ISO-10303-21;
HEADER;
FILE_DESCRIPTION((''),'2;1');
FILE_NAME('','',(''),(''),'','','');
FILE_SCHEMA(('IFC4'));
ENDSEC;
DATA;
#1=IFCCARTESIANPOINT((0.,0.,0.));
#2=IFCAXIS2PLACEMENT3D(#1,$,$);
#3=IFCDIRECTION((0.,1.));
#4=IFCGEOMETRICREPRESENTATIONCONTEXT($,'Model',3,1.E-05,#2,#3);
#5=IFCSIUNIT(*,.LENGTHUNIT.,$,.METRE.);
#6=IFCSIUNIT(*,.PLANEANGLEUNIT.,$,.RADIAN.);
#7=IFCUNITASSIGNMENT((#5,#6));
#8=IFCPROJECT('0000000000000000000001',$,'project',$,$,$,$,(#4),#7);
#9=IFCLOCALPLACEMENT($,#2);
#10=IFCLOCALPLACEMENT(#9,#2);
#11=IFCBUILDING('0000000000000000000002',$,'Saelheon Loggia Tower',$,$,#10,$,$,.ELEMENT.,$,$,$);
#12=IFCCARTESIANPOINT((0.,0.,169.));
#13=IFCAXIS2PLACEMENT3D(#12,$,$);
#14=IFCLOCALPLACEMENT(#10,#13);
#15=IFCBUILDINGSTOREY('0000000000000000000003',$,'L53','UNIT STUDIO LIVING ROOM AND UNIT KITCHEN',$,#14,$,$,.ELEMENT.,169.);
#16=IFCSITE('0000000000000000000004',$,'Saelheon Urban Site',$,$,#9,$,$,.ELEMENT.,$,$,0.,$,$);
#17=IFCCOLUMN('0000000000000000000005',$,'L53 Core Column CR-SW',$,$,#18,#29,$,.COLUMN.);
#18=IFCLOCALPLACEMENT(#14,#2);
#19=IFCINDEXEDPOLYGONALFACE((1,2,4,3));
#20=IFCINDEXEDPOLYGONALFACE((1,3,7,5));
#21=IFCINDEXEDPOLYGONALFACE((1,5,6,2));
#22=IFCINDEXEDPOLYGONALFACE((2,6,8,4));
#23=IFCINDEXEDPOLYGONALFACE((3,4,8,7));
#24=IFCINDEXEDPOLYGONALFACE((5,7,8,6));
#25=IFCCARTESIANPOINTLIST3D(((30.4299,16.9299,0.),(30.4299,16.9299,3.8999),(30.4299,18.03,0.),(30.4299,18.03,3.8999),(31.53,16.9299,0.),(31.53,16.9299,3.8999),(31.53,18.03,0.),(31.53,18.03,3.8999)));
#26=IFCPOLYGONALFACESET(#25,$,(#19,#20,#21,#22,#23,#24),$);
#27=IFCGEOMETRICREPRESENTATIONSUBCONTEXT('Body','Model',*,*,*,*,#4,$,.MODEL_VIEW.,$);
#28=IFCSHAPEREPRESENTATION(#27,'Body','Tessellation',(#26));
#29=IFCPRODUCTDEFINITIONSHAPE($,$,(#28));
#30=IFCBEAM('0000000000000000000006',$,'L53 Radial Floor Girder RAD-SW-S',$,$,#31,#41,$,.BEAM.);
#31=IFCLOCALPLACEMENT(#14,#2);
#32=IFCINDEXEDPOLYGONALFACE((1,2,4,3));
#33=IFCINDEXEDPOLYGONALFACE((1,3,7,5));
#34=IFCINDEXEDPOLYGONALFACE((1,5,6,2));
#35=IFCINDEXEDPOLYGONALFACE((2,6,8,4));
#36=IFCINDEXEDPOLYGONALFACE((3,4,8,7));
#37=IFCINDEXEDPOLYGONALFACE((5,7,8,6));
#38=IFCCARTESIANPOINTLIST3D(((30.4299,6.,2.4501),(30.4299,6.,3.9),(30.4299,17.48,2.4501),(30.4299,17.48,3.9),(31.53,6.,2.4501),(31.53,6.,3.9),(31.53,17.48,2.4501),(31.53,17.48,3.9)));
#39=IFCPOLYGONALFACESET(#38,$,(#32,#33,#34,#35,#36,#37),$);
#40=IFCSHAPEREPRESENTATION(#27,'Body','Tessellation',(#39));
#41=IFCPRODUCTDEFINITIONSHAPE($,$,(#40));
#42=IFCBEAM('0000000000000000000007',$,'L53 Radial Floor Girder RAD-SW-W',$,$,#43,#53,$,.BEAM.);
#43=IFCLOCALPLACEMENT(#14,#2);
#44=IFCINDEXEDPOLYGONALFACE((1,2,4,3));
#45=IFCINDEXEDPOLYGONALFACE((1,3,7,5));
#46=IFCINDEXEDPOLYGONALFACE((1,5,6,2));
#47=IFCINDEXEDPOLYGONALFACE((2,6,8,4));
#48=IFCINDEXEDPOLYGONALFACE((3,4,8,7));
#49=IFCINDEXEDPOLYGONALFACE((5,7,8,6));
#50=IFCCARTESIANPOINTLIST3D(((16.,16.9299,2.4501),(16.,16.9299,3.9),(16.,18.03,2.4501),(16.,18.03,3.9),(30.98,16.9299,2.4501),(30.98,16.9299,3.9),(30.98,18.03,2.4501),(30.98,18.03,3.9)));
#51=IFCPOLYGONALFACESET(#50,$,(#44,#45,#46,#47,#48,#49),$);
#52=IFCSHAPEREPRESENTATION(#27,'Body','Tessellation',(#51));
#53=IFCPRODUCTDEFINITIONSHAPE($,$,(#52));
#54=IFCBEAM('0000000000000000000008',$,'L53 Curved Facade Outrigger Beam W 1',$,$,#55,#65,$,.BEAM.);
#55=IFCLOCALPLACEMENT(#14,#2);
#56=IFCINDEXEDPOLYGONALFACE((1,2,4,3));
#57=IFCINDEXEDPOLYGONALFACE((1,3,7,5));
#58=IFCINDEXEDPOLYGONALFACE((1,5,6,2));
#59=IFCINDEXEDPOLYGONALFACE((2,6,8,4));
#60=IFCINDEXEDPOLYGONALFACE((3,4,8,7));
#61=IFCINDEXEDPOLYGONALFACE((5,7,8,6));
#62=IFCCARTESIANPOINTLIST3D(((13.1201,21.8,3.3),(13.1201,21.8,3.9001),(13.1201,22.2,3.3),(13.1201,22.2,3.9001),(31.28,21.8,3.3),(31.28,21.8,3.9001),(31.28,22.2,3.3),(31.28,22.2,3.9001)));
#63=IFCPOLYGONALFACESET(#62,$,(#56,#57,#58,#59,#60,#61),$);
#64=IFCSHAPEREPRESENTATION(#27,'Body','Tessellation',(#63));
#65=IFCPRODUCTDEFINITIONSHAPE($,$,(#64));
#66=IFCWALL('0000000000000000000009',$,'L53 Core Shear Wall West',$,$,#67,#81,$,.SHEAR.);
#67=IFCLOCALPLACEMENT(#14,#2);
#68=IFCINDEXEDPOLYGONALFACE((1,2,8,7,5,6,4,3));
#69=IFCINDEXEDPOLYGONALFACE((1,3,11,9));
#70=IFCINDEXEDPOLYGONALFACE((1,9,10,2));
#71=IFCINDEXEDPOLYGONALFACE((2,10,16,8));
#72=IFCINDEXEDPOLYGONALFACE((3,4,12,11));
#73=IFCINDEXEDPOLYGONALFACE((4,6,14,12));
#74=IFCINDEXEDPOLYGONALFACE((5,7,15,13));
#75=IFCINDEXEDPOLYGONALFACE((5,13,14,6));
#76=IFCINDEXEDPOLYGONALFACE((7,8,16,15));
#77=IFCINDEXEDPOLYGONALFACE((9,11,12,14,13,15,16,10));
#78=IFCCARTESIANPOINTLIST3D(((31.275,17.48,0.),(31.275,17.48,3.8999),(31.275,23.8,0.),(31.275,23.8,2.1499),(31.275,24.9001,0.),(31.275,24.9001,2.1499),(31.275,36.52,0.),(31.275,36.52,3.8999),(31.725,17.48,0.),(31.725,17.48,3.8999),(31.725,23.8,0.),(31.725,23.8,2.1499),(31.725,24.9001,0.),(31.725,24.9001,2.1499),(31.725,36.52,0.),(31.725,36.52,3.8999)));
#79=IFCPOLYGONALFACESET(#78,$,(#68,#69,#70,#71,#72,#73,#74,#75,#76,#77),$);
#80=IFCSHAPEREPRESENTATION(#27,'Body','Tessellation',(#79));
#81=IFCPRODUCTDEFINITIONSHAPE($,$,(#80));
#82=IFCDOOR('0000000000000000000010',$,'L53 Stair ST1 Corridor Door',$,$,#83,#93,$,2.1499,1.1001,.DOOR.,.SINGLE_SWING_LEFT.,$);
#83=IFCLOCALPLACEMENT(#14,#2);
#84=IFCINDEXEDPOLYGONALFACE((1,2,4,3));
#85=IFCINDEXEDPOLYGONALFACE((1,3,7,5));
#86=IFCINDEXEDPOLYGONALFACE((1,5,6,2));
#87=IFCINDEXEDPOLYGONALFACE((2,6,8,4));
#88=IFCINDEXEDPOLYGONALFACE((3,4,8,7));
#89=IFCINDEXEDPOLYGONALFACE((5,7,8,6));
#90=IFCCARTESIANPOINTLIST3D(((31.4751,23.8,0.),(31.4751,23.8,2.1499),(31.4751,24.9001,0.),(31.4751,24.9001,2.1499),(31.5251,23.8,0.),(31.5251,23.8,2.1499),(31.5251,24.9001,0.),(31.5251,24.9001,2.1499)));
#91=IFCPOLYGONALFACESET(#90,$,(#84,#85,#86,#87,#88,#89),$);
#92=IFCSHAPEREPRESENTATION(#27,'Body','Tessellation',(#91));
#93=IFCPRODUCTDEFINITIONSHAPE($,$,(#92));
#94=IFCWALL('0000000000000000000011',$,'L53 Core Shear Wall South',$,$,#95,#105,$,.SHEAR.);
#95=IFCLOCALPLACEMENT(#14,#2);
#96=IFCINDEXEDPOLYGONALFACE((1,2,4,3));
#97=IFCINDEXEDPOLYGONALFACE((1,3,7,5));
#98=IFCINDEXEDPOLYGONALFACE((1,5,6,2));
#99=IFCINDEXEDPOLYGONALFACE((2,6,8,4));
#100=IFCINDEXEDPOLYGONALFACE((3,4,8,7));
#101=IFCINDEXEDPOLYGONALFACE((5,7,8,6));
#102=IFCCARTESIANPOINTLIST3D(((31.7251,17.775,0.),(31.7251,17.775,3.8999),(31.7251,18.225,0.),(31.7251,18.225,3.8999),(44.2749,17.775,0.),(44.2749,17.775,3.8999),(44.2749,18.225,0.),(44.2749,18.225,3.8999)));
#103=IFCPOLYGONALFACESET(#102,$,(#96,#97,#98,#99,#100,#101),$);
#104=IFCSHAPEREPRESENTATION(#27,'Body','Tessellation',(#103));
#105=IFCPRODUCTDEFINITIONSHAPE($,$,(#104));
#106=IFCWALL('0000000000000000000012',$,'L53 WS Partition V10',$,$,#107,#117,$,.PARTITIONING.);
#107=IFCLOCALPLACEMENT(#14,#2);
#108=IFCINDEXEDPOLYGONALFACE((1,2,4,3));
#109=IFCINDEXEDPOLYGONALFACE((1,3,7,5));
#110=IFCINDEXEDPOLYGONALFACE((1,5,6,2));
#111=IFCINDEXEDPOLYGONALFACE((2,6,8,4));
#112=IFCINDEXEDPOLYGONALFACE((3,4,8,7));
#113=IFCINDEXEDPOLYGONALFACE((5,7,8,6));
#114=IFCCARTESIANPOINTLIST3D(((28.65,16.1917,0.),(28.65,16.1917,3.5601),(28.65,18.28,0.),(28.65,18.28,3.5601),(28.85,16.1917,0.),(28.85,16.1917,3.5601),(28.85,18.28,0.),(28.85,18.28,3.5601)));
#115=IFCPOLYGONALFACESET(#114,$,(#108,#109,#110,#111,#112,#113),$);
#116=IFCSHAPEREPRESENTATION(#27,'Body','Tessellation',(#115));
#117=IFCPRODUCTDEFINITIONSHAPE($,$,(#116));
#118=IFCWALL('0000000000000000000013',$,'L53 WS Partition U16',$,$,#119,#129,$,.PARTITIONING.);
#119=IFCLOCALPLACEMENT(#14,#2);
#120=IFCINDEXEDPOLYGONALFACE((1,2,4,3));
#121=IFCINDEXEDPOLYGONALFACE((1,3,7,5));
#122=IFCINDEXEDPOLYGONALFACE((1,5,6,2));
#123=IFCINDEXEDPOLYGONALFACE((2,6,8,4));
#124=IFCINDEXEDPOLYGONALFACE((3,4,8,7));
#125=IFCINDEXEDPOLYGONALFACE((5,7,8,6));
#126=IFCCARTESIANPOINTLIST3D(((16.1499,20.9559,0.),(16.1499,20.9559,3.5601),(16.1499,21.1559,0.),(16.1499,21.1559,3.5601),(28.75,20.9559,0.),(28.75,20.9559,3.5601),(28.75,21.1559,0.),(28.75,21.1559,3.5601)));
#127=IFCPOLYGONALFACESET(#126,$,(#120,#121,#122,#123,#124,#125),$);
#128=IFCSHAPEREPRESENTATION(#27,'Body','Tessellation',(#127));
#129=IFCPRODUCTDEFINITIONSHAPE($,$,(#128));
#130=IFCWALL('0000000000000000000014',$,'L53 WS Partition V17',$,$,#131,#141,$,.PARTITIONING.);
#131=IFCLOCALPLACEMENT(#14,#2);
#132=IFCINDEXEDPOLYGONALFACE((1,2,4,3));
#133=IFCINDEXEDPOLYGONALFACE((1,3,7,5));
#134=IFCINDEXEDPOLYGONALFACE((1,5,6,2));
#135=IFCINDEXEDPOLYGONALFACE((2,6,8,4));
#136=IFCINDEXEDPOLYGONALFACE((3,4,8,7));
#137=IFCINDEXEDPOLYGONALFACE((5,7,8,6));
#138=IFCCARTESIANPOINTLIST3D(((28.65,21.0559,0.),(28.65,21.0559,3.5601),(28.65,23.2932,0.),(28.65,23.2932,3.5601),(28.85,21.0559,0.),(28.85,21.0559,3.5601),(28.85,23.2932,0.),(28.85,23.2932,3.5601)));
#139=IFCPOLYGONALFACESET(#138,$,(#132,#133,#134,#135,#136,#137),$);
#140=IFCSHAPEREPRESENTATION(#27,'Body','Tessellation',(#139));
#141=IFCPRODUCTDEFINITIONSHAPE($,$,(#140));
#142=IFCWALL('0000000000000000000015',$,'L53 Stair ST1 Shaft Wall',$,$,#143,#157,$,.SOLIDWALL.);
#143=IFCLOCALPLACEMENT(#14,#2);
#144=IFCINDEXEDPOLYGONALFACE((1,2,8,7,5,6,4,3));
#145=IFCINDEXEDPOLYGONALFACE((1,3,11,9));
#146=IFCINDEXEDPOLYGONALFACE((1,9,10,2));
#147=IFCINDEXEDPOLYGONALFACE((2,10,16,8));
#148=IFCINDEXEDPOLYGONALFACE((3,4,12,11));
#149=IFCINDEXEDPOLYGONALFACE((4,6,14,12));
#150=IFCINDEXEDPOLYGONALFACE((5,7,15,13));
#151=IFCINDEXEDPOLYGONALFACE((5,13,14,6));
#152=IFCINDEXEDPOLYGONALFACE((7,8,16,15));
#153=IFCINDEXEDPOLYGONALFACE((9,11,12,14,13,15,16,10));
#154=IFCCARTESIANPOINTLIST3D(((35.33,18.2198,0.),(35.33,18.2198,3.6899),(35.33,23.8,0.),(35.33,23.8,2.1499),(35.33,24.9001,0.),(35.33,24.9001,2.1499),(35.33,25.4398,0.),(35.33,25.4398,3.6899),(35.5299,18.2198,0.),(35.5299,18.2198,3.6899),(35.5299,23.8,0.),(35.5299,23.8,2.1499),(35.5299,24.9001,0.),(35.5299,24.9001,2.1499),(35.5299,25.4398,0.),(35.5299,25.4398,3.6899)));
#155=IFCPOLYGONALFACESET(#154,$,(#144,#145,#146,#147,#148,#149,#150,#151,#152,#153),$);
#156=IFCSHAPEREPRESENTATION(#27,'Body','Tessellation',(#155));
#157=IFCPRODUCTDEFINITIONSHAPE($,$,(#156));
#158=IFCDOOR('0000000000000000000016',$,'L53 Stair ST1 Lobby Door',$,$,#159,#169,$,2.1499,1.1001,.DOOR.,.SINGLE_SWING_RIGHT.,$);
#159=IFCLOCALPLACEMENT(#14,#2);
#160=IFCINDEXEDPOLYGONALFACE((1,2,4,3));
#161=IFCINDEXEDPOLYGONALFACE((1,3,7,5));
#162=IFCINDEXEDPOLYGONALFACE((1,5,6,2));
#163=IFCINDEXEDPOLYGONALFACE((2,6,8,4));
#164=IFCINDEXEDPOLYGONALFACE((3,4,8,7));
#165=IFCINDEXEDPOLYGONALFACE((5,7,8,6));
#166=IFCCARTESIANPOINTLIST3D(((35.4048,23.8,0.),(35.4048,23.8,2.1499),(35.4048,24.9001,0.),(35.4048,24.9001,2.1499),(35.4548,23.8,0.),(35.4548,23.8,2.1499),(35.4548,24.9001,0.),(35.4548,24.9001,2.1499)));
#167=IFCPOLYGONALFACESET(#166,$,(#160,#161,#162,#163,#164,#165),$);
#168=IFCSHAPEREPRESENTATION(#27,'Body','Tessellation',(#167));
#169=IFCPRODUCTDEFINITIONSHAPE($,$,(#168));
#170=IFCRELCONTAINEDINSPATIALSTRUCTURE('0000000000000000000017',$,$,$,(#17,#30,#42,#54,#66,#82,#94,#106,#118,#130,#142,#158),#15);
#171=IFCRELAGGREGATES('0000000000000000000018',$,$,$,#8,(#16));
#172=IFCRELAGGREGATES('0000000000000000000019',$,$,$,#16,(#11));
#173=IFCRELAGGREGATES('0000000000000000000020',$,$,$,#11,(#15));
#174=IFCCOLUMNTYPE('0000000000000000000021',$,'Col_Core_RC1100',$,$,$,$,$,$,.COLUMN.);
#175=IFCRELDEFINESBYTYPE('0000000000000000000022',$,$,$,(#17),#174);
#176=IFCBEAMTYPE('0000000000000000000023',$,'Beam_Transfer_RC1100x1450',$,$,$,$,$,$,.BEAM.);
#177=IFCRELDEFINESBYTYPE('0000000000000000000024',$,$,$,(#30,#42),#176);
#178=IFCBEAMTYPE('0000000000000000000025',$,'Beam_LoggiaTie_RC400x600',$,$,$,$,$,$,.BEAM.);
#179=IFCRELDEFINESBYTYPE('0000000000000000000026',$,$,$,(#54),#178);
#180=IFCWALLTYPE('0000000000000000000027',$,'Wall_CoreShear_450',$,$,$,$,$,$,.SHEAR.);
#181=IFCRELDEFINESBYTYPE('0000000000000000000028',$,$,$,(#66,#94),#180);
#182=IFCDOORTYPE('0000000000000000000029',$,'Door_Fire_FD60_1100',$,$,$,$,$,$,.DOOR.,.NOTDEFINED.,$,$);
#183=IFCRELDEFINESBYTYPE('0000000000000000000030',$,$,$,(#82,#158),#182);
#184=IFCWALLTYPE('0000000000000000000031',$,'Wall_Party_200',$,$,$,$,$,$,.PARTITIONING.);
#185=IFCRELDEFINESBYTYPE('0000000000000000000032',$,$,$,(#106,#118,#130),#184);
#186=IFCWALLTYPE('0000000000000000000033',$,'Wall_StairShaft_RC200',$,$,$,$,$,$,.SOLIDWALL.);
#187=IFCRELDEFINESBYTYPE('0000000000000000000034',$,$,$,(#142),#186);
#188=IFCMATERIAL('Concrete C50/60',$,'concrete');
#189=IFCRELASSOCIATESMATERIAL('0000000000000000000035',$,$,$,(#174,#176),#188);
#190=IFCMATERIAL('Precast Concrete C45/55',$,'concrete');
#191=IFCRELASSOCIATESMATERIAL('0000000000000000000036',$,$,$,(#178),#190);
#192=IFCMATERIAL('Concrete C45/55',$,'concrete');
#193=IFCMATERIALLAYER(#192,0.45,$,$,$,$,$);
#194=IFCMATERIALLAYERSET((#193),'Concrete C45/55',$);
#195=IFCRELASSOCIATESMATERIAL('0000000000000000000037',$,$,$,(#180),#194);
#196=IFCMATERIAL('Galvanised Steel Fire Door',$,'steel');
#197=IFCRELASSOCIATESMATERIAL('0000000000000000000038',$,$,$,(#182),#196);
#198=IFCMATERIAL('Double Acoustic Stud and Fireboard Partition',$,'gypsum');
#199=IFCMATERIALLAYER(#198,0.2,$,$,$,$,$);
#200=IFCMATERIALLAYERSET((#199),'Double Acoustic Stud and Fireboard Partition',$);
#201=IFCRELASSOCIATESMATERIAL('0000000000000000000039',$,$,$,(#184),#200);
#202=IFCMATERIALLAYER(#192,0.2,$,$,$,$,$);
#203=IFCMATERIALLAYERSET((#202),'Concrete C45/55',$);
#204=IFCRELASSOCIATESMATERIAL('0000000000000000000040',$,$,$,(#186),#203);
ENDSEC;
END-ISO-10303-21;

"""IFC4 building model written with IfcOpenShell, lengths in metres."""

from ifc_helpers import new_model, si_unit, direction, frame, frame_2d, origin, origin_2d, place, context, subcontext, project, spatial, rectangle, extrude, source, transform, mapped, material, layer, layer_set, material_profile, profile_set, type_object, element, fill, save


model = new_model("IFC4")

# Units and contexts
model_context = context("Model", 3, precision=1e-05, world=origin(), true_north=direction((0.0, 1.0)))
body_context = subcontext(model_context, "Body", "Model", "MODEL_VIEW")
ifc_project = project(units=[si_unit("LENGTHUNIT", "METRE"), si_unit("PLANEANGLEUNIT", "RADIAN")], contexts=[model_context])

# Site, building, storey
site_placement = place(None, origin())
site = spatial("IfcSite", under=ifc_project, at=site_placement, Name="Saelheon Urban Site", CompositionType="ELEMENT", RefElevation=0.0)
building_placement = place(site_placement, origin())
building = spatial("IfcBuilding", under=site, at=building_placement, Name="Saelheon Loggia Tower", CompositionType="ELEMENT")
storey_placement = place(building_placement, frame((0.0, 0.0, 169.0)))
storey = spatial("IfcBuildingStorey", under=building, at=storey_placement, Name="L53", Description="UNIT STUDIO LIVING ROOM AND UNIT KITCHEN", CompositionType="ELEMENT", Elevation=169.0)

# Column
ifc_material_1 = material(Name="Concrete C50/60", Category="concrete")
ifc_material_profile_1 = material_profile(ifc_material_1, rectangle(XDim=1.1001, YDim=1.1001, at=origin_2d()), Name="RC-1100x1100")
ifc_profile_set_1 = profile_set([ifc_material_profile_1], Name="Concrete C50/60")
column_type = type_object("IfcColumnType", Name="Col_Core_RC1100", PredefinedType="COLUMN", material=ifc_profile_set_1)
shared_shape_1 = source(origin(), body_context, "Body", "SweptSolid", [
    extrude(rectangle(XDim=1.1001, YDim=1.1001, at=origin_2d()), origin(), (0.0, 0.0, 1.0), 3.8999),
])
column_placement = place(storey_placement, frame((30.98, 17.48, 0.0), z_axis=(0.0, 0.0, 1.0), x_axis=(1.0, 0.0, 0.0)))
element("IfcColumn", 1, at=column_placement, inside=storey, type_object=column_type, Name="L53 Core Column CR-SW", PredefinedType="COLUMN", context=body_context, shape_type="MappedRepresentation", body=[
    mapped(shared_shape_1, transform((0.0, 0.0, 0.0), scale=1.0)),
])

# Beams
ifc_material_profile_2 = material_profile(ifc_material_1, rectangle(XDim=1.1001, YDim=1.45, at=origin_2d()), Name="RC-1100x1450")
ifc_profile_set_2 = profile_set([ifc_material_profile_2], Name="Concrete C50/60")
beam_type_1 = type_object("IfcBeamType", Name="Beam_Transfer_RC1100x1450", PredefinedType="BEAM", material=ifc_profile_set_2)
shared_shape_2 = source(origin(), body_context, "Body", "SweptSolid", [
    extrude(rectangle(XDim=1.1001, YDim=1.45, at=origin_2d()), origin(), (0.0, 0.0, 1.0), 11.48),
])
beam_1_placement = place(storey_placement, frame((30.98, 17.48, 3.175), z_axis=(0.0, -1.0, 0.0), x_axis=(1.0, 0.0, 0.0)))
element("IfcBeam", 2, at=beam_1_placement, inside=storey, type_object=beam_type_1, Name="L53 Radial Floor Girder RAD-SW-S", PredefinedType="BEAM", context=body_context, shape_type="MappedRepresentation", body=[
    mapped(shared_shape_2, transform((0.0, 0.0, 0.0), scale=1.0)),
])
shared_shape_3 = source(origin(), body_context, "Body", "SweptSolid", [
    extrude(rectangle(XDim=1.1001, YDim=1.45, at=origin_2d()), origin(), (0.0, 0.0, 1.0), 14.98),
])
beam_2_placement = place(storey_placement, frame((30.98, 17.48, 3.175), z_axis=(-1.0, 0.0, 0.0), x_axis=(0.0, -1.0, 0.0)))
element("IfcBeam", 3, at=beam_2_placement, inside=storey, type_object=beam_type_1, Name="L53 Radial Floor Girder RAD-SW-W", PredefinedType="BEAM", context=body_context, shape_type="MappedRepresentation", body=[
    mapped(shared_shape_3, transform((0.0, 0.0, 0.0), scale=1.0)),
])
ifc_material_2 = material(Name="Precast Concrete C45/55", Category="concrete")
ifc_material_profile_3 = material_profile(ifc_material_2, rectangle(XDim=0.3999, YDim=0.6001, at=origin_2d()), Name="RC-400x600")
ifc_profile_set_3 = profile_set([ifc_material_profile_3], Name="Precast Concrete C45/55")
beam_type_2 = type_object("IfcBeamType", Name="Beam_LoggiaTie_RC400x600", PredefinedType="BEAM", material=ifc_profile_set_3)
shared_shape_4 = source(origin(), body_context, "Body", "SweptSolid", [
    extrude(rectangle(XDim=0.3999, YDim=0.6001, at=origin_2d()), origin(), (0.0, 0.0, 1.0), 18.1599),
])
beam_3_placement = place(storey_placement, frame((31.28, 22.0, 3.6001), z_axis=(-1.0, 0.0, 0.0), x_axis=(0.0, -1.0, 0.0)))
element("IfcBeam", 4, at=beam_3_placement, inside=storey, type_object=beam_type_2, Name="L53 Curved Facade Outrigger Beam W 1", PredefinedType="BEAM", context=body_context, shape_type="MappedRepresentation", body=[
    mapped(shared_shape_4, transform((0.0, 0.0, 0.0), scale=1.0)),
])

# Wall, opening, door
ifc_material_3 = material(Name="Concrete C45/55", Category="concrete")
ifc_layer_1 = layer(ifc_material_3, 0.45)
ifc_layer_set_1 = layer_set([ifc_layer_1], Name="Concrete C45/55")
wall_type_1 = type_object("IfcWallType", Name="Wall_CoreShear_450", PredefinedType="SHEAR", material=ifc_layer_set_1)
wall_1_placement = place(storey_placement, frame((31.5, 17.48, 0.0), z_axis=(0.0, 0.0, 1.0), x_axis=(0.0, 1.0, 0.0)))
wall_1 = element("IfcWall", 5, at=wall_1_placement, inside=storey, type_object=wall_type_1, Name="L53 Core Shear Wall West", PredefinedType="SHEAR", context=body_context, shape_type="SweptSolid", body=[
    extrude(rectangle(XDim=19.04, YDim=0.45, at=frame_2d((9.52, 0.0))), origin(), (0.0, 0.0, 1.0), 3.8999),
])
opening_1_placement = place(wall_1_placement, frame((6.3201, 0.0, 0.0)))
opening_1 = element("IfcOpeningElement", 6, at=opening_1_placement, cuts=wall_1, PredefinedType="OPENING", context=body_context, shape_type="SweptSolid", body=[
    extrude(rectangle(XDim=1.1001, YDim=2.1499, at=frame_2d((0.55, 1.075))), frame((0.0, 0.2371, 0.0), z_axis=(0.0, -1.0, 0.0), x_axis=(1.0, 0.0, 0.0)), (0.0, 0.0, 1.0), 0.4739),
])
ifc_material_4 = material(Name="Galvanised Steel Fire Door", Category="steel")
door_type_1 = type_object("IfcDoorType", Name="Door_Fire_FD60_1100", OperationType="NOTDEFINED", PredefinedType="DOOR", material=ifc_material_4)
shared_shape_5 = source(origin(), body_context, "Body", "SweptSolid", [
    extrude(rectangle(XDim=1.1001, YDim=2.1499, at=frame_2d((0.55, 1.075))), frame((0.0, 0.0249, 0.0), z_axis=(0.0, -1.0, 0.0), x_axis=(1.0, 0.0, 0.0)), (0.0, 0.0, 1.0), 0.05),
])
door_1_placement = place(opening_1_placement, origin())
door_1 = element("IfcDoor", 7, at=door_1_placement, inside=storey, type_object=door_type_1, Name="L53 Stair ST1 Corridor Door", OperationType="SINGLE_SWING_LEFT", OverallHeight=2.1499, OverallWidth=1.1001, PredefinedType="DOOR", context=body_context, shape_type="MappedRepresentation", body=[
    mapped(shared_shape_5, transform((0.0, 0.0, 0.0), scale=1.0)),
])
fill(opening_1, door_1)

# Walls
wall_2_placement = place(storey_placement, frame((31.7251, 18.0, 0.0), z_axis=(0.0, 0.0, 1.0), x_axis=(1.0, 0.0, 0.0)))
element("IfcWall", 8, at=wall_2_placement, inside=storey, type_object=wall_type_1, Name="L53 Core Shear Wall South", PredefinedType="SHEAR", context=body_context, shape_type="SweptSolid", body=[
    extrude(rectangle(XDim=12.5498, YDim=0.45, at=frame_2d((6.2749, 0.0))), origin(), (0.0, 0.0, 1.0), 3.8999),
])
ifc_material_5 = material(Name="Double Acoustic Stud and Fireboard Partition", Category="gypsum")
ifc_layer_2 = layer(ifc_material_5, 0.2)
ifc_layer_set_2 = layer_set([ifc_layer_2], Name="Double Acoustic Stud and Fireboard Partition")
wall_type_2 = type_object("IfcWallType", Name="Wall_Party_200", PredefinedType="PARTITIONING", material=ifc_layer_set_2)
wall_3_placement = place(storey_placement, frame((28.75, 16.1917, 0.0), z_axis=(0.0, 0.0, 1.0), x_axis=(0.0, 1.0, 0.0)))
element("IfcWall", 9, at=wall_3_placement, inside=storey, type_object=wall_type_2, Name="L53 WS Partition V10", PredefinedType="PARTITIONING", context=body_context, shape_type="SweptSolid", body=[
    extrude(rectangle(XDim=2.0884, YDim=0.2, at=frame_2d((1.0442, 0.0))), origin(), (0.0, 0.0, 1.0), 3.5601),
])

# Walls
wall_4_placement = place(storey_placement, frame((28.75, 21.0559, 0.0), z_axis=(0.0, 0.0, 1.0), x_axis=(-1.0, 0.0, 0.0)))
element("IfcWall", 10, at=wall_4_placement, inside=storey, type_object=wall_type_2, Name="L53 WS Partition U16", PredefinedType="PARTITIONING", context=body_context, shape_type="SweptSolid", body=[
    extrude(rectangle(XDim=12.6001, YDim=0.2, at=frame_2d((6.3, 0.0))), origin(), (0.0, 0.0, 1.0), 3.5601),
])
wall_5_placement = place(storey_placement, frame((28.75, 21.0559, 0.0), z_axis=(0.0, 0.0, 1.0), x_axis=(0.0, 1.0, 0.0)))
element("IfcWall", 11, at=wall_5_placement, inside=storey, type_object=wall_type_2, Name="L53 WS Partition V17", PredefinedType="PARTITIONING", context=body_context, shape_type="SweptSolid", body=[
    extrude(rectangle(XDim=2.2373, YDim=0.2, at=frame_2d((1.1187, 0.0))), origin(), (0.0, 0.0, 1.0), 3.5601),
])

# Wall, opening, door
ifc_layer_3 = layer(ifc_material_3, 0.2)
ifc_layer_set_3 = layer_set([ifc_layer_3], Name="Concrete C45/55")
wall_type_3 = type_object("IfcWallType", Name="Wall_StairShaft_RC200", PredefinedType="SOLIDWALL", material=ifc_layer_set_3)
wall_6_placement = place(storey_placement, frame((35.4299, 18.22, 0.0), z_axis=(0.0, 0.0, 1.0), x_axis=(0.0, 1.0, 0.0)))
wall_6 = element("IfcWall", 12, at=wall_6_placement, inside=storey, type_object=wall_type_3, Name="L53 Stair ST1 Shaft Wall", PredefinedType="SOLIDWALL", context=body_context, shape_type="SweptSolid", body=[
    extrude(rectangle(XDim=7.22, YDim=0.2, at=frame_2d((3.6099, 0.0))), origin(), (0.0, 0.0, 1.0), 3.6899),
])
opening_2_placement = place(wall_6_placement, frame((6.6802, 0.0, 0.0), z_axis=(0.0, 0.0, 1.0), x_axis=(-1.0, 0.0, 0.0)))
opening_2 = element("IfcOpeningElement", 13, at=opening_2_placement, cuts=wall_6, PredefinedType="OPENING", context=body_context, shape_type="SweptSolid", body=[
    extrude(rectangle(XDim=1.1001, YDim=2.1499, at=frame_2d((0.55, 1.075))), frame((0.0, 0.1121, 0.0), z_axis=(0.0, -1.0, 0.0), x_axis=(1.0, 0.0, 0.0)), (0.0, 0.0, 1.0), 0.2239),
])
door_2_placement = place(opening_2_placement, origin())
door_2 = element("IfcDoor", 14, at=door_2_placement, inside=storey, type_object=door_type_1, Name="L53 Stair ST1 Lobby Door", OperationType="SINGLE_SWING_RIGHT", OverallHeight=2.1499, OverallWidth=1.1001, PredefinedType="DOOR", context=body_context, shape_type="MappedRepresentation", body=[
    mapped(shared_shape_5, transform((0.0, 0.0, 0.0), scale=1.0)),
])
fill(opening_2, door_2)

save(model, "model.ifc")
